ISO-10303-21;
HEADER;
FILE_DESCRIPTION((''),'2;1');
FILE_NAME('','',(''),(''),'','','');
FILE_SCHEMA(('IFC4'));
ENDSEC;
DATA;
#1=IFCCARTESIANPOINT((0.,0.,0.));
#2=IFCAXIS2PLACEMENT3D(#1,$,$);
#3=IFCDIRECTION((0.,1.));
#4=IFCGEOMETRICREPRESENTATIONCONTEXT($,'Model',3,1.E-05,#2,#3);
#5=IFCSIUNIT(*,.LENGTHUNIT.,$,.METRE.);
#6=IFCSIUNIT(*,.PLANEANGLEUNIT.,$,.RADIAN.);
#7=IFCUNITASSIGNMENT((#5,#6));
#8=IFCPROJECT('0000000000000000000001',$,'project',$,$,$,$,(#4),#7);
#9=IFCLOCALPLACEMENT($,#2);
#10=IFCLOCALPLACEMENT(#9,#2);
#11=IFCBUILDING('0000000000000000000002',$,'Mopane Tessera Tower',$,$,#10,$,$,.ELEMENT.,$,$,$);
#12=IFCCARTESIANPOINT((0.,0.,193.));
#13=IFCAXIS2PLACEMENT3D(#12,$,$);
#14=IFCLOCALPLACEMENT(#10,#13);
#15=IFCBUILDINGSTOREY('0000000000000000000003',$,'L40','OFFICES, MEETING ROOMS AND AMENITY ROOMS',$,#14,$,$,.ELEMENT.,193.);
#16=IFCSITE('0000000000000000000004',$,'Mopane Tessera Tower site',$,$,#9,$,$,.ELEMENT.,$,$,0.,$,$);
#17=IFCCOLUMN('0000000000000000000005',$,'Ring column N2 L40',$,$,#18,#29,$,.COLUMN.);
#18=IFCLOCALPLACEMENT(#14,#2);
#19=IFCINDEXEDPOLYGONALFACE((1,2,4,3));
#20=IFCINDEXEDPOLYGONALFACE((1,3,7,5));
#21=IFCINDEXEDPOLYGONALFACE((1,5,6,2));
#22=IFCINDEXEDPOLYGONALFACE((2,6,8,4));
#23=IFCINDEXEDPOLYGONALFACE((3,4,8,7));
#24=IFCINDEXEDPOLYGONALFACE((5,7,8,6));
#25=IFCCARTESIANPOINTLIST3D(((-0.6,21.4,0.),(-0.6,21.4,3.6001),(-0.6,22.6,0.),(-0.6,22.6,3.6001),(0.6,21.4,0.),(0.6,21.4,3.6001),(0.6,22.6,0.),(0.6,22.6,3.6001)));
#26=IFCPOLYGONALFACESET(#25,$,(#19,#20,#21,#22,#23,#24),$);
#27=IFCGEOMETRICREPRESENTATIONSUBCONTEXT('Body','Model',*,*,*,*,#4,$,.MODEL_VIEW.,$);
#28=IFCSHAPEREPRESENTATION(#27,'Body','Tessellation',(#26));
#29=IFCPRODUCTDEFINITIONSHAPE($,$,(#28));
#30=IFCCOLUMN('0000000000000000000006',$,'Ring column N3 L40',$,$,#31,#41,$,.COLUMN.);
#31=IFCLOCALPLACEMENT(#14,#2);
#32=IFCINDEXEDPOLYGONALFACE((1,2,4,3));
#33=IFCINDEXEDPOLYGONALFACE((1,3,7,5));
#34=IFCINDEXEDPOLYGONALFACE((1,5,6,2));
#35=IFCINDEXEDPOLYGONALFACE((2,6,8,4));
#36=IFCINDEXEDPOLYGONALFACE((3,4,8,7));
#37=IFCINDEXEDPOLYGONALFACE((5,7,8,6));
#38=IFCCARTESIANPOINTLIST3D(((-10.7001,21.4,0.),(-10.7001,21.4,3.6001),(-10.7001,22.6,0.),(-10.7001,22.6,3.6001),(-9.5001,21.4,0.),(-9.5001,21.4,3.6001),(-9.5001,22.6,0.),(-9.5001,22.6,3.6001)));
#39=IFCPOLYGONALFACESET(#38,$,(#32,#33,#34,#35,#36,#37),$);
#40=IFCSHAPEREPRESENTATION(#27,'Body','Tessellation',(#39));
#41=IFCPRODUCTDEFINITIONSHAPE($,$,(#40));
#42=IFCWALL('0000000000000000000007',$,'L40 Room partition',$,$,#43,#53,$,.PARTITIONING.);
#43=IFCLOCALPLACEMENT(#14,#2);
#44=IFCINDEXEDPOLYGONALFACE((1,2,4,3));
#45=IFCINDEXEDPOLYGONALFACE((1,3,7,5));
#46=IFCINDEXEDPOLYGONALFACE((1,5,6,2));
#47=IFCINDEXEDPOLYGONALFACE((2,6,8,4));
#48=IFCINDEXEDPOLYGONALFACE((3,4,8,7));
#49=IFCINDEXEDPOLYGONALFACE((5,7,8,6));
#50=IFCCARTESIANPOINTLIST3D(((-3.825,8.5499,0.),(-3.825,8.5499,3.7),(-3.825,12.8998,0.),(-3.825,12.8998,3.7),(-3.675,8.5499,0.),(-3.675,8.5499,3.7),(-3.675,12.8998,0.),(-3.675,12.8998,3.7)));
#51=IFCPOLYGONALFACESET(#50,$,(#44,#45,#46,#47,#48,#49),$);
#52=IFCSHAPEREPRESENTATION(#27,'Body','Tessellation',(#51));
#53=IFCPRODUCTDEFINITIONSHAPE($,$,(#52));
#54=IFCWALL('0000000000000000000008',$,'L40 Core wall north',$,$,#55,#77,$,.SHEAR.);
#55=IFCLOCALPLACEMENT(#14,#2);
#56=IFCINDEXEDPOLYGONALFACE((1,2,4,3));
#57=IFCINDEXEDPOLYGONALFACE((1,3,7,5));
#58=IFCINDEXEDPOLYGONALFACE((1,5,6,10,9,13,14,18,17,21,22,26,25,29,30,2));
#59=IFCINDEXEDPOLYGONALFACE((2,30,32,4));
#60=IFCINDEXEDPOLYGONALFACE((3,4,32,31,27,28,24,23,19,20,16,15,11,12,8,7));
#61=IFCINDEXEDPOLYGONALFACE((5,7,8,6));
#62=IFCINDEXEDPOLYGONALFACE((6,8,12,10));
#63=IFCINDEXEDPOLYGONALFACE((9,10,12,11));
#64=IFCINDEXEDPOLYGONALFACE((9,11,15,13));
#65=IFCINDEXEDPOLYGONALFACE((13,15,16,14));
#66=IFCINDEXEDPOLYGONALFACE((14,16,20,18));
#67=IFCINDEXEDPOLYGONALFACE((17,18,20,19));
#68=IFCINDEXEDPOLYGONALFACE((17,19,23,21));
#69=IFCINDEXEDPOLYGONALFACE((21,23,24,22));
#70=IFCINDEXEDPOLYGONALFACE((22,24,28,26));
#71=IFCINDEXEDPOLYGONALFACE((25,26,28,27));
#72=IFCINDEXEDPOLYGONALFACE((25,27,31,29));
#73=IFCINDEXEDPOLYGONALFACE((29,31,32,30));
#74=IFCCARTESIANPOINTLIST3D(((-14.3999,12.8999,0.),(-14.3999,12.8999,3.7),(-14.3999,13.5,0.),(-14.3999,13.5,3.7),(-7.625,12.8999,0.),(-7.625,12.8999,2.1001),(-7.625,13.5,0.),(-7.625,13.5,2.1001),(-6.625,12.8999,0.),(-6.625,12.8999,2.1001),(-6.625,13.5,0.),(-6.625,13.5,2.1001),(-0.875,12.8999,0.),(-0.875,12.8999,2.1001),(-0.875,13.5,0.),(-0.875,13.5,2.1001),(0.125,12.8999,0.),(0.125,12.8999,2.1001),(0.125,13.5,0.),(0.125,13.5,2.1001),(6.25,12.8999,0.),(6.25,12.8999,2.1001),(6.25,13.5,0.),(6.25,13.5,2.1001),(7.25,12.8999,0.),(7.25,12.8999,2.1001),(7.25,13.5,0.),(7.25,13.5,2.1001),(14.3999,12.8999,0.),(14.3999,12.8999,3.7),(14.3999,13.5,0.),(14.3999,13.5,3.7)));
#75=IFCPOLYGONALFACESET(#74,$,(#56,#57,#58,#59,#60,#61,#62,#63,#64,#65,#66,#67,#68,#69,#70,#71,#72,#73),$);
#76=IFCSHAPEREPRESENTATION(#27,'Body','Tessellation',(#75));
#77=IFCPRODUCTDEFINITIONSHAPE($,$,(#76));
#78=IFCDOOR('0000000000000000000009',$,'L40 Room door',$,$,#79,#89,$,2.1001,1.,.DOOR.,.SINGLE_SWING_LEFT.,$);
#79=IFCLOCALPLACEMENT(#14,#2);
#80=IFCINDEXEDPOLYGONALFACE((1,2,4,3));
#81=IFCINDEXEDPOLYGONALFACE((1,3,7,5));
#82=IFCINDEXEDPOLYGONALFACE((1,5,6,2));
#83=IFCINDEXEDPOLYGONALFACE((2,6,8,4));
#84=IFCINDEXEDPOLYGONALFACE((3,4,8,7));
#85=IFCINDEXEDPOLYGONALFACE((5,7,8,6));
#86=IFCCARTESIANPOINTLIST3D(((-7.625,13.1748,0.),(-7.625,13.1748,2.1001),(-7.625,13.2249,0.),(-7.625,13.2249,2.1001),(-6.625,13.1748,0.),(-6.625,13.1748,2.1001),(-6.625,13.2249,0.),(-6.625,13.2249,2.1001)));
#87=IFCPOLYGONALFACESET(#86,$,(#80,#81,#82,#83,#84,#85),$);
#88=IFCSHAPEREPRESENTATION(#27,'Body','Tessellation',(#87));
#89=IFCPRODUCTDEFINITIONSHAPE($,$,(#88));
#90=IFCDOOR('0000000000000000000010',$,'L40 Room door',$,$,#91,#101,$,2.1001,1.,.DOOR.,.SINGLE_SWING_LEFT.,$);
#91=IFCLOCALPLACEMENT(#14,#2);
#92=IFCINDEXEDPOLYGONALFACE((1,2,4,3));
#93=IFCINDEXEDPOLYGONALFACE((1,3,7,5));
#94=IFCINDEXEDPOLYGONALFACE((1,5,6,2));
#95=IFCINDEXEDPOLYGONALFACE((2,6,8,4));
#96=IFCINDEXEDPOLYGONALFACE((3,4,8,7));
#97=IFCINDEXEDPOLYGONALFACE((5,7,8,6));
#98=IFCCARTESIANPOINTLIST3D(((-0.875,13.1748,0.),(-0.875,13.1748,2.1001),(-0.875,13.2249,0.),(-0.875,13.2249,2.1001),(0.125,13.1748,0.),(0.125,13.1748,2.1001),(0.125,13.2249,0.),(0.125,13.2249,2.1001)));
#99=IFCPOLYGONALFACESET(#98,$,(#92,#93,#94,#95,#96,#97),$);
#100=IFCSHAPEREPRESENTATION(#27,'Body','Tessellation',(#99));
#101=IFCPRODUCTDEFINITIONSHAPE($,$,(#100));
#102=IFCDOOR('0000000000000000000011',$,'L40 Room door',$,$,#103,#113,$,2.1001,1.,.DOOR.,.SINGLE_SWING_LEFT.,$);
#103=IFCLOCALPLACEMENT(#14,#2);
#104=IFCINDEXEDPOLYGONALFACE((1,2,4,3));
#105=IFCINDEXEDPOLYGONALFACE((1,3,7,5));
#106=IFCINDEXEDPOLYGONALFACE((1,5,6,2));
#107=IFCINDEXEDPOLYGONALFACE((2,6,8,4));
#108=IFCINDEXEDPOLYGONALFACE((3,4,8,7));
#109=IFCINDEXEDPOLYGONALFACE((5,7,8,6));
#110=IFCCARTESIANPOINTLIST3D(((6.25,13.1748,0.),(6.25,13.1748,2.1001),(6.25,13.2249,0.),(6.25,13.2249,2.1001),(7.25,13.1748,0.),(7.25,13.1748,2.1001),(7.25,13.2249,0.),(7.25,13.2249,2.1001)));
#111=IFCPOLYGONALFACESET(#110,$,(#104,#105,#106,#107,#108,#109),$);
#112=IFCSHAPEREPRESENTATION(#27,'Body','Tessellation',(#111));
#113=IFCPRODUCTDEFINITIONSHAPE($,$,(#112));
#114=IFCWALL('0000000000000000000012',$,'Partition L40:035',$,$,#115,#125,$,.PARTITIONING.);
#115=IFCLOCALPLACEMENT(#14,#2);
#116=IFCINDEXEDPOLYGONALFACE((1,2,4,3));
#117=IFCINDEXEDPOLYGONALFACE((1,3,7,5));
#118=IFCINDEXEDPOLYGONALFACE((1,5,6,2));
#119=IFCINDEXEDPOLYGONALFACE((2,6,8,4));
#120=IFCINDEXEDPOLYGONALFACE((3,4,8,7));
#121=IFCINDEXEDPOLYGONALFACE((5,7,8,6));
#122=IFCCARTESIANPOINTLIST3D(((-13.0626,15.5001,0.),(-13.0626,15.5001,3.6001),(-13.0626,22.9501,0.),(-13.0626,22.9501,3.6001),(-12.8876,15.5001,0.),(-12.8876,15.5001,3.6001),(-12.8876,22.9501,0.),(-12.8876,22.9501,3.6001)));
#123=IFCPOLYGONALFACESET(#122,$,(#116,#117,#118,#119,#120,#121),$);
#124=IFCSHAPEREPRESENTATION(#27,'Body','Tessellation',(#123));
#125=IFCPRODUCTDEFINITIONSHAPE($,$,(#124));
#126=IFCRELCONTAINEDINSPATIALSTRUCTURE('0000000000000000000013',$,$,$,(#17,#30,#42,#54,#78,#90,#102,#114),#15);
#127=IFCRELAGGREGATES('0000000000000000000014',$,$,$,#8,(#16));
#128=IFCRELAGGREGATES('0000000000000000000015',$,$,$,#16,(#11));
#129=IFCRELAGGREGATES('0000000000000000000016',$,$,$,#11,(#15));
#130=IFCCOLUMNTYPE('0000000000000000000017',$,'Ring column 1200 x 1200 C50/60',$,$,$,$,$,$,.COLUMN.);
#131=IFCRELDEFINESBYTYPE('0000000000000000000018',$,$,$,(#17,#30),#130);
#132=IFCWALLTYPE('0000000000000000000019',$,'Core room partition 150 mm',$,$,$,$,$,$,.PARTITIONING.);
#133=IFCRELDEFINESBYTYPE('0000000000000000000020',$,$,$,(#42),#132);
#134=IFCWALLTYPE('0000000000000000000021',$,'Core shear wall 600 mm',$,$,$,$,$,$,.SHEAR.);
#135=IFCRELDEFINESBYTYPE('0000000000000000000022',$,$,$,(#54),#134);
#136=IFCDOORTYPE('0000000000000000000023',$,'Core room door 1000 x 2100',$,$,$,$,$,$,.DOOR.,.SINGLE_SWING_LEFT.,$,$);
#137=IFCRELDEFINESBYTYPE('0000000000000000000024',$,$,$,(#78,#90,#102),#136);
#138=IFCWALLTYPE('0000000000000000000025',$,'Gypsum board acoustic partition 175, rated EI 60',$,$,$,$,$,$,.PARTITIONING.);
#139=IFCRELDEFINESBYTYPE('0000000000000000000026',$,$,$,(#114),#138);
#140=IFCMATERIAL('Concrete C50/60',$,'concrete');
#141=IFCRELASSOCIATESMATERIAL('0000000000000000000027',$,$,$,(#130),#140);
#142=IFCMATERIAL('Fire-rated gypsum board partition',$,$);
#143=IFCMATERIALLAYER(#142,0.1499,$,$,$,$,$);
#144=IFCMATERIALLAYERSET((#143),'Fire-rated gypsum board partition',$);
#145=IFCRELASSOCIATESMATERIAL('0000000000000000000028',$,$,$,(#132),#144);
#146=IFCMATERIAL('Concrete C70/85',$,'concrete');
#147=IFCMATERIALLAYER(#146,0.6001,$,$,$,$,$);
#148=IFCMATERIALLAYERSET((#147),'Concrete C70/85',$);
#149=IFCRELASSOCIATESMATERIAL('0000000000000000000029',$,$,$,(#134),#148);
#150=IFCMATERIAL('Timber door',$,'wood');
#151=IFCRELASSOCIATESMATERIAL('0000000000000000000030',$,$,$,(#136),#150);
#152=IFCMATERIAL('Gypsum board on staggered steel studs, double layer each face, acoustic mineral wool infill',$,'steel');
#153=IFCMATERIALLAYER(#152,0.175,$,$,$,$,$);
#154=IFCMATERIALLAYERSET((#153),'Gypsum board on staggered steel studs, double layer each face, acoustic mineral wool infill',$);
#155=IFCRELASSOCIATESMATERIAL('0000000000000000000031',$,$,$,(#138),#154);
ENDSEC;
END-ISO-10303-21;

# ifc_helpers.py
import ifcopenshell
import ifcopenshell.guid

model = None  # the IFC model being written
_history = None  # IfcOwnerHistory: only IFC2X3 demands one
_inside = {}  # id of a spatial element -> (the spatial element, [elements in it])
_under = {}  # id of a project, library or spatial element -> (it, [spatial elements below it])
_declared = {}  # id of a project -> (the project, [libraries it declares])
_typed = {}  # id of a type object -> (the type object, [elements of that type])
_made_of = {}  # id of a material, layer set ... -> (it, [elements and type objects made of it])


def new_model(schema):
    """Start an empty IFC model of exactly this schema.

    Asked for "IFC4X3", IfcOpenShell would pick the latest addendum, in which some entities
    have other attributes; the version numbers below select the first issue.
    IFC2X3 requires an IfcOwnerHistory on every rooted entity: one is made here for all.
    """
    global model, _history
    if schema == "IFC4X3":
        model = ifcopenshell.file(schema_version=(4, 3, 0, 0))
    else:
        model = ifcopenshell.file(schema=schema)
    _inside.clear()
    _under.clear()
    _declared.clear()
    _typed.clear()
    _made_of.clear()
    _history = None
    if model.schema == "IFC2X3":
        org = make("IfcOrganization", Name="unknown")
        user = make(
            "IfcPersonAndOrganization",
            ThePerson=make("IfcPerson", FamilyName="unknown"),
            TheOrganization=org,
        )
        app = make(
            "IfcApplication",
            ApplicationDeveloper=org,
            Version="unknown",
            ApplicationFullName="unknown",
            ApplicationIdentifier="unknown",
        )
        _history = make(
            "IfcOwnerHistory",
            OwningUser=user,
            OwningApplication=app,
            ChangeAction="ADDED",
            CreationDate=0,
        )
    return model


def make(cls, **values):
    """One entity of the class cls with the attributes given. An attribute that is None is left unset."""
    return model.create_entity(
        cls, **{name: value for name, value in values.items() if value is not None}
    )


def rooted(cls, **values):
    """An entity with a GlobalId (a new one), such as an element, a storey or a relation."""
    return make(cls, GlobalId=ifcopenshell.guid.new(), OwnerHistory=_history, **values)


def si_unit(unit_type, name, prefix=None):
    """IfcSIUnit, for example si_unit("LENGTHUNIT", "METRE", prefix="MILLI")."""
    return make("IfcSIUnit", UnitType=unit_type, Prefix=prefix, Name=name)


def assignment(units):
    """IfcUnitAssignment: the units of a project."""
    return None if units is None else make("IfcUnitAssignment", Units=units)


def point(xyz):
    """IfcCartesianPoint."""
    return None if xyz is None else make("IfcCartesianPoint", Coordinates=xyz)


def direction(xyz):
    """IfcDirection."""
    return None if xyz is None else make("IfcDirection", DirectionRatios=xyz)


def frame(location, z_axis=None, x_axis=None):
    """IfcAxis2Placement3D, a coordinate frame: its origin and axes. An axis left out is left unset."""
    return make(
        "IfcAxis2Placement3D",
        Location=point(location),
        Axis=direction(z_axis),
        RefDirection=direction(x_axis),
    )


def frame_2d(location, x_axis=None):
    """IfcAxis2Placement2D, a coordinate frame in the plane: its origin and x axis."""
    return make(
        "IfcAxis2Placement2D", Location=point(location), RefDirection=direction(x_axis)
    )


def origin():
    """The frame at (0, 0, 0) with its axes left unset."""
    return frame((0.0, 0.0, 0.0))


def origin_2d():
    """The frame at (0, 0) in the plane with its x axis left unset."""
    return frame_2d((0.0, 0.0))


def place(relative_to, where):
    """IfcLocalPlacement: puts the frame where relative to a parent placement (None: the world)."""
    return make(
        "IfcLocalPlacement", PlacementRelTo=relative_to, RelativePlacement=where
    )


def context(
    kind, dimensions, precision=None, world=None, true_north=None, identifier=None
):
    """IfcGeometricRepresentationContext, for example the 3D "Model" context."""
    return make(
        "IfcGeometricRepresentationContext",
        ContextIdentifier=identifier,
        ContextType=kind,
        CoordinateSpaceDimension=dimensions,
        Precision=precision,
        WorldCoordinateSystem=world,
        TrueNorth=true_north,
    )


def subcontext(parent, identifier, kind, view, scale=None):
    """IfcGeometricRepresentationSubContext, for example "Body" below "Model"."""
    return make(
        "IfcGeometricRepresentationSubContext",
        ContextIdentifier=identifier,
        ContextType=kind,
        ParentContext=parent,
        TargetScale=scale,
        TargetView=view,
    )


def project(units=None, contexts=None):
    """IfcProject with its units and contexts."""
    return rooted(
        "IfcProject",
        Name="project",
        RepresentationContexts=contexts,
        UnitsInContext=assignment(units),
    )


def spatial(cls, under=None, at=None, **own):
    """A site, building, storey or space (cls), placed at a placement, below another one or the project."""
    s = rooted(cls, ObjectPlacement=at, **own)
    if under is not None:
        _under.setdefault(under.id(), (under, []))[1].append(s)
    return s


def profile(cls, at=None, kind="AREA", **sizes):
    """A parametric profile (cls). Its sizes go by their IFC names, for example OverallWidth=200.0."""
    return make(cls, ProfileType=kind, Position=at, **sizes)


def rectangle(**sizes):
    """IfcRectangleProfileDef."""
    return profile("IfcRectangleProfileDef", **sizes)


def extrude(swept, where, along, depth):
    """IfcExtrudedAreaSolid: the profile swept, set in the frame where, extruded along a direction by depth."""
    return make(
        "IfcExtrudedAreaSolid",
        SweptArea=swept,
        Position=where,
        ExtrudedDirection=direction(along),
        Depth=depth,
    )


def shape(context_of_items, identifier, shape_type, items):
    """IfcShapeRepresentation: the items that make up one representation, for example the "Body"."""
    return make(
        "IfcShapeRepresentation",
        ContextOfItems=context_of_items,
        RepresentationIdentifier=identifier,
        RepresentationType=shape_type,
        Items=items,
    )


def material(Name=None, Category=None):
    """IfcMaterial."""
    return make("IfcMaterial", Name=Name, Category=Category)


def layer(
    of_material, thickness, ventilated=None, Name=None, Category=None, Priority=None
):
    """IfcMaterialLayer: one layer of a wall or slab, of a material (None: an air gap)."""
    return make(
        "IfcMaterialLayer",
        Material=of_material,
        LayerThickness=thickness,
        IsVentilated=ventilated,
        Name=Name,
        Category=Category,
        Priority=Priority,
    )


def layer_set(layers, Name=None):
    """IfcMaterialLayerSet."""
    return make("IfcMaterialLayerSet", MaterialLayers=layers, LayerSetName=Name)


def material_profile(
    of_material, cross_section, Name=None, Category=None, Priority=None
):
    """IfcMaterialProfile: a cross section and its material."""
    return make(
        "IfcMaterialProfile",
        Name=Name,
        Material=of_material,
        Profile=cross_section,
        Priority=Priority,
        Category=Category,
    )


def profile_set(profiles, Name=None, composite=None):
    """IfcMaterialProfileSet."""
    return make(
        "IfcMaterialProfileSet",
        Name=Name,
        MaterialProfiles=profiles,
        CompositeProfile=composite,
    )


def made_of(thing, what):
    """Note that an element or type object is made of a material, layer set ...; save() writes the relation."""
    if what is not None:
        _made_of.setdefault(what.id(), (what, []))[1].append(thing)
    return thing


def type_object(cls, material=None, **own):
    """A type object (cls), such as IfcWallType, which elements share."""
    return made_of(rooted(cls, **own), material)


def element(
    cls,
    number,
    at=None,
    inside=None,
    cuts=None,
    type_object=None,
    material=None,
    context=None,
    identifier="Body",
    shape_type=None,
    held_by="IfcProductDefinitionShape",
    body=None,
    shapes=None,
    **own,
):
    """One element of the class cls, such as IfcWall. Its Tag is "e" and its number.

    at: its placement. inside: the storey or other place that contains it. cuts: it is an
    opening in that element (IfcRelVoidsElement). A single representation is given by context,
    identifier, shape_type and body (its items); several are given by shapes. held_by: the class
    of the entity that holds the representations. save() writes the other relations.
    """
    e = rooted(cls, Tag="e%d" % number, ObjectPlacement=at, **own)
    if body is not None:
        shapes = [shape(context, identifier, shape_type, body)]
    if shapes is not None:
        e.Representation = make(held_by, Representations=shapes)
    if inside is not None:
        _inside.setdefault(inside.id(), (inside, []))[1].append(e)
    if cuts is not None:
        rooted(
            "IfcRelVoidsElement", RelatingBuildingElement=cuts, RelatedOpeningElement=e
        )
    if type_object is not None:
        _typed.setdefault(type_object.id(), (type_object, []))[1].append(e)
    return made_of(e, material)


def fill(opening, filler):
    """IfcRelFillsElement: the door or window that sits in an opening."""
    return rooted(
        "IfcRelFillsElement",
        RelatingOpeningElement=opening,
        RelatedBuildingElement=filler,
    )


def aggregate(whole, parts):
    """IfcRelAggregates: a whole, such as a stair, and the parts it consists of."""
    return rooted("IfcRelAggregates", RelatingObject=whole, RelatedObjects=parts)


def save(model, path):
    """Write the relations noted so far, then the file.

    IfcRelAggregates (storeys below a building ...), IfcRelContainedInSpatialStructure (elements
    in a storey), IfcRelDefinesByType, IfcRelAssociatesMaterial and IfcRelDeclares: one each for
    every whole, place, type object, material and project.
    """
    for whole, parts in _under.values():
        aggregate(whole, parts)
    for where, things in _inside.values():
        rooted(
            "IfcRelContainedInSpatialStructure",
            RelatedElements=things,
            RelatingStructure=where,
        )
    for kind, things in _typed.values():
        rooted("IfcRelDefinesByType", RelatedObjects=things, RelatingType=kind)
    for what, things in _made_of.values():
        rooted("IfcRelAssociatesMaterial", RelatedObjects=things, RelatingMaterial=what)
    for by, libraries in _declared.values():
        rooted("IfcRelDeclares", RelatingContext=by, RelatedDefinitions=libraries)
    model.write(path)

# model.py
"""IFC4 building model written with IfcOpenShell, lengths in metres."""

from ifc_helpers import new_model, si_unit, direction, frame, frame_2d, origin, origin_2d, place, context, subcontext, project, spatial, rectangle, extrude, material, layer, layer_set, material_profile, profile_set, type_object, element, fill, save


model = new_model("IFC4")

# Units and contexts
model_context = context("Model", 3, precision=1e-05, world=origin(), true_north=direction((0.0, 1.0)))
body_context = subcontext(model_context, "Body", "Model", "MODEL_VIEW")
ifc_project = project(units=[si_unit("LENGTHUNIT", "METRE"), si_unit("PLANEANGLEUNIT", "RADIAN")], contexts=[model_context])

# Site, building, storey
site_placement = place(None, origin())
site = spatial("IfcSite", under=ifc_project, at=site_placement, Name="Mopane Tessera Tower site", CompositionType="ELEMENT", RefElevation=0.0)
building_placement = place(site_placement, origin())
building = spatial("IfcBuilding", under=site, at=building_placement, Name="Mopane Tessera Tower", CompositionType="ELEMENT")
storey_placement = place(building_placement, frame((0.0, 0.0, 193.0)))
storey = spatial("IfcBuildingStorey", under=building, at=storey_placement, Name="L40", Description="OFFICES, MEETING ROOMS AND AMENITY ROOMS", CompositionType="ELEMENT", Elevation=193.0)

# Columns
ifc_material_1 = material(Name="Concrete C50/60", Category="concrete")
ifc_material_profile = material_profile(ifc_material_1, rectangle(XDim=1.2, YDim=1.2, at=origin_2d()))
ifc_profile_set = profile_set([ifc_material_profile], Name="Concrete C50/60")
column_type = type_object("IfcColumnType", Name="Ring column 1200 x 1200 C50/60", PredefinedType="COLUMN", material=ifc_profile_set)
for number, where, z_axis, x_axis, name in (
    (1, (0.0, 22.0, 0.0), (0.0, 0.0, 1.0), (1.0, 0.0, 0.0), "Ring column N2 L40"),
    (2, (-10.1001, 22.0, 0.0), (0.0, 0.0, 1.0), (1.0, 0.0, 0.0), "Ring column N3 L40"),
):
    element("IfcColumn", number, at=place(storey_placement, frame(where, z_axis=z_axis, x_axis=x_axis)), inside=storey, type_object=column_type, Name=name, PredefinedType="COLUMN", context=body_context, shape_type="SweptSolid", body=[
        extrude(rectangle(XDim=1.2, YDim=1.2, at=origin_2d()), origin(), (0.0, 0.0, 1.0), 3.6001),
    ])

# Wall
ifc_material_2 = material(Name="Fire-rated gypsum board partition")
ifc_layer_1 = layer(ifc_material_2, 0.1499)
ifc_layer_set_1 = layer_set([ifc_layer_1], Name="Fire-rated gypsum board partition")
wall_type_1 = type_object("IfcWallType", Name="Core room partition 150 mm", PredefinedType="PARTITIONING", material=ifc_layer_set_1)
wall_1_placement = place(storey_placement, frame((-3.75, 8.55, 0.0), z_axis=(0.0, 0.0, 1.0), x_axis=(0.0, 1.0, 0.0)))
element("IfcWall", 3, at=wall_1_placement, inside=storey, type_object=wall_type_1, Name="L40 Room partition", PredefinedType="PARTITIONING", context=body_context, shape_type="SweptSolid", body=[
    extrude(rectangle(XDim=4.3499, YDim=0.1499, at=frame_2d((2.1748, 0.0))), origin(), (0.0, 0.0, 1.0), 3.7),
])

# Wall, openings, doors
ifc_material_3 = material(Name="Concrete C70/85", Category="concrete")
ifc_layer_2 = layer(ifc_material_3, 0.6001)
ifc_layer_set_2 = layer_set([ifc_layer_2], Name="Concrete C70/85")
wall_type_2 = type_object("IfcWallType", Name="Core shear wall 600 mm", PredefinedType="SHEAR", material=ifc_layer_set_2)
wall_2_placement = place(storey_placement, frame((-14.3999, 13.2, 0.0), z_axis=(0.0, 0.0, 1.0), x_axis=(1.0, 0.0, 0.0)))
wall_2 = element("IfcWall", 4, at=wall_2_placement, inside=storey, type_object=wall_type_2, Name="L40 Core wall north", PredefinedType="SHEAR", context=body_context, shape_type="SweptSolid", body=[
    extrude(rectangle(XDim=28.7998, YDim=0.6001, at=frame_2d((14.3999, 0.0))), origin(), (0.0, 0.0, 1.0), 3.7),
])
opening_1_placement = place(wall_2_placement, frame((6.7749, 0.0, 0.0)))
opening_1 = element("IfcOpeningElement", 5, at=opening_1_placement, cuts=wall_2, PredefinedType="OPENING", context=body_context, shape_type="SweptSolid", body=[
    extrude(rectangle(XDim=1.0, YDim=2.1001, at=frame_2d((0.5, 1.05))), frame((0.0, 0.312, 0.0), z_axis=(0.0, -1.0, 0.0), x_axis=(1.0, 0.0, 0.0)), (0.0, 0.0, 1.0), 0.624),
])
opening_2_placement = place(wall_2_placement, frame((13.5249, 0.0, 0.0)))
opening_2 = element("IfcOpeningElement", 6, at=opening_2_placement, cuts=wall_2, PredefinedType="OPENING", context=body_context, shape_type="SweptSolid", body=[
    extrude(rectangle(XDim=1.0, YDim=2.1001, at=frame_2d((0.5, 1.05))), frame((0.0, 0.312, 0.0), z_axis=(0.0, -1.0, 0.0), x_axis=(1.0, 0.0, 0.0)), (0.0, 0.0, 1.0), 0.624),
])
opening_3_placement = place(wall_2_placement, frame((20.6499, 0.0, 0.0)))
opening_3 = element("IfcOpeningElement", 7, at=opening_3_placement, cuts=wall_2, PredefinedType="OPENING", context=body_context, shape_type="SweptSolid", body=[
    extrude(rectangle(XDim=1.0, YDim=2.1001, at=frame_2d((0.5, 1.05))), frame((0.0, 0.312, 0.0), z_axis=(0.0, -1.0, 0.0), x_axis=(1.0, 0.0, 0.0)), (0.0, 0.0, 1.0), 0.624),
])
ifc_material_4 = material(Name="Timber door", Category="wood")
door_type_1 = type_object("IfcDoorType", Name="Core room door 1000 x 2100", OperationType="SINGLE_SWING_LEFT", PredefinedType="DOOR", material=ifc_material_4)
door_1_placement = place(opening_1_placement, origin())
door_1 = element("IfcDoor", 8, at=door_1_placement, inside=storey, type_object=door_type_1, Name="L40 Room door", OperationType="SINGLE_SWING_LEFT", OverallHeight=2.1001, OverallWidth=1.0, PredefinedType="DOOR", context=body_context, shape_type="SweptSolid", body=[
    extrude(rectangle(XDim=1.0, YDim=2.1001, at=frame_2d((0.5, 1.05))), frame((0.0, 0.0249, 0.0), z_axis=(0.0, -1.0, 0.0), x_axis=(1.0, 0.0, 0.0)), (0.0, 0.0, 1.0), 0.05),
])
fill(opening_1, door_1)
door_2_placement = place(opening_2_placement, origin())
door_2 = element("IfcDoor", 9, at=door_2_placement, inside=storey, type_object=door_type_1, Name="L40 Room door", OperationType="SINGLE_SWING_LEFT", OverallHeight=2.1001, OverallWidth=1.0, PredefinedType="DOOR", context=body_context, shape_type="SweptSolid", body=[
    extrude(rectangle(XDim=1.0, YDim=2.1001, at=frame_2d((0.5, 1.05))), frame((0.0, 0.0249, 0.0), z_axis=(0.0, -1.0, 0.0), x_axis=(1.0, 0.0, 0.0)), (0.0, 0.0, 1.0), 0.05),
])
fill(opening_2, door_2)
door_3_placement = place(opening_3_placement, origin())
door_3 = element("IfcDoor", 10, at=door_3_placement, inside=storey, type_object=door_type_1, Name="L40 Room door", OperationType="SINGLE_SWING_LEFT", OverallHeight=2.1001, OverallWidth=1.0, PredefinedType="DOOR", context=body_context, shape_type="SweptSolid", body=[
    extrude(rectangle(XDim=1.0, YDim=2.1001, at=frame_2d((0.5, 1.05))), frame((0.0, 0.0249, 0.0), z_axis=(0.0, -1.0, 0.0), x_axis=(1.0, 0.0, 0.0)), (0.0, 0.0, 1.0), 0.05),
])
fill(opening_3, door_3)

# Wall
ifc_material_5 = material(Name="Gypsum board on staggered steel studs, double layer each face, acoustic mineral wool infill", Category="steel")
ifc_layer_3 = layer(ifc_material_5, 0.175)
ifc_layer_set_3 = layer_set([ifc_layer_3], Name="Gypsum board on staggered steel studs, double layer each face, acoustic mineral wool infill")
wall_type_3 = type_object("IfcWallType", Name="Gypsum board acoustic partition 175, rated EI 60", PredefinedType="PARTITIONING", material=ifc_layer_set_3)
wall_3_placement = place(storey_placement, frame((-12.9751, 15.5, 0.0), z_axis=(0.0, 0.0, 1.0), x_axis=(0.0, 1.0, 0.0)))
element("IfcWall", 11, at=wall_3_placement, inside=storey, type_object=wall_type_3, Name="Partition L40:035", PredefinedType="PARTITIONING", context=body_context, shape_type="SweptSolid", body=[
    extrude(rectangle(XDim=7.45, YDim=0.175, at=frame_2d((3.7251, 0.0))), origin(), (0.0, 0.0, 1.0), 3.6001),
])

save(model, "model.ifc")
